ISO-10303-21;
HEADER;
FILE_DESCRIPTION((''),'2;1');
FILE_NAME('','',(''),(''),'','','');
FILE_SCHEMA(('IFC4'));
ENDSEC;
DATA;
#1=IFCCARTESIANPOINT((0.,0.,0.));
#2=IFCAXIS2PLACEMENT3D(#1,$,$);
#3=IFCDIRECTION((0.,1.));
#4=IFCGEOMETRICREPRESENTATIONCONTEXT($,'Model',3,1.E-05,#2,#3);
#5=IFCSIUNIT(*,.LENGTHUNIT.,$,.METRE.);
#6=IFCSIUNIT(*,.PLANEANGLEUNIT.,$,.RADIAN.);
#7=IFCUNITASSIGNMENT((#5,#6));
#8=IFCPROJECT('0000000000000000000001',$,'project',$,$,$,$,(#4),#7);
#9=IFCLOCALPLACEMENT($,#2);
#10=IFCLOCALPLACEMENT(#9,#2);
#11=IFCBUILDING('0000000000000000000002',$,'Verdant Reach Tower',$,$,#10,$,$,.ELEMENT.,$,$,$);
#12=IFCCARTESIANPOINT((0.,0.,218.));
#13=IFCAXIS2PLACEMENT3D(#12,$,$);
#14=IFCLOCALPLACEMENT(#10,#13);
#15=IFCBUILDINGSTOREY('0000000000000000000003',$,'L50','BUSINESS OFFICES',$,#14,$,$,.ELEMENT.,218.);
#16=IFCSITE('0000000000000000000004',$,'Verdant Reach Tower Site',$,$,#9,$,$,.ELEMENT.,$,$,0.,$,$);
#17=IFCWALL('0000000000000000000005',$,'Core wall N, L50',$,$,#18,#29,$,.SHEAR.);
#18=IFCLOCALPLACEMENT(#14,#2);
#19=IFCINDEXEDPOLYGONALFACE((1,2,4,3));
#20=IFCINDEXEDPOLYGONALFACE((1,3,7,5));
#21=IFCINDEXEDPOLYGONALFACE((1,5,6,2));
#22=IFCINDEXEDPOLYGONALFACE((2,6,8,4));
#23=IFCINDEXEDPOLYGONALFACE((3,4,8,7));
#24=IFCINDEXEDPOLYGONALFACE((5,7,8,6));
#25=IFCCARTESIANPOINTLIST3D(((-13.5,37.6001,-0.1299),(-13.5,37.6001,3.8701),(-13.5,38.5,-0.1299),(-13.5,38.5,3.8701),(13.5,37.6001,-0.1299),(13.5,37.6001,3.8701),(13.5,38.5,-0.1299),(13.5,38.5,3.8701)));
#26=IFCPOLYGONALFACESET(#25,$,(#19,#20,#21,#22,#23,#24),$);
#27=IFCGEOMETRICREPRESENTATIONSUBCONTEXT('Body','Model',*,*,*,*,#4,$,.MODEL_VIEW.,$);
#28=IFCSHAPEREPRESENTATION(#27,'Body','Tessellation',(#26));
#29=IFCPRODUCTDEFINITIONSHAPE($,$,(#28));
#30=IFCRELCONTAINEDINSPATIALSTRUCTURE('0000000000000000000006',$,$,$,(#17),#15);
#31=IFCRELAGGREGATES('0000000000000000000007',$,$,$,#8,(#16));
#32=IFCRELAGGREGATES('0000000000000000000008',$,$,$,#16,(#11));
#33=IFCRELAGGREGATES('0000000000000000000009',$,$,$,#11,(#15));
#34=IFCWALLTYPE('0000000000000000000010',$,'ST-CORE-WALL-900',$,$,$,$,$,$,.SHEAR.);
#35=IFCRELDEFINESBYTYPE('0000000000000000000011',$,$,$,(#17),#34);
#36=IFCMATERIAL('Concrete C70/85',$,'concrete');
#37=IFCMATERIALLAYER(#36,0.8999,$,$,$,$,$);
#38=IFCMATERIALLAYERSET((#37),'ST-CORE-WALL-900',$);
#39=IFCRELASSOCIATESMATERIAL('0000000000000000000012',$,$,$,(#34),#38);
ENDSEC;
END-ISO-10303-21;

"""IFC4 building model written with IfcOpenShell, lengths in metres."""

from ifc_helpers import new_model, si_unit, direction, frame, frame_2d, origin, place, context, subcontext, project, spatial, rectangle, extrude, material, layer, layer_set, type_object, element, save


model = new_model("IFC4")

# Units and contexts
model_context = context("Model", 3, precision=1e-05, world=origin(), true_north=direction((0.0, 1.0)))
body_context = subcontext(model_context, "Body", "Model", "MODEL_VIEW")
ifc_project = project(units=[si_unit("LENGTHUNIT", "METRE"), si_unit("PLANEANGLEUNIT", "RADIAN")], contexts=[model_context])

# Site, building, storey
site_placement = place(None, origin())
site = spatial("IfcSite", under=ifc_project, at=site_placement, Name="Verdant Reach Tower Site", CompositionType="ELEMENT", RefElevation=0.0)
building_placement = place(site_placement, origin())
building = spatial("IfcBuilding", under=site, at=building_placement, Name="Verdant Reach Tower", CompositionType="ELEMENT")
storey_placement = place(building_placement, frame((0.0, 0.0, 218.0)))
storey = spatial("IfcBuildingStorey", under=building, at=storey_placement, Name="L50", Description="BUSINESS OFFICES", CompositionType="ELEMENT", Elevation=218.0)

# Wall
ifc_material_1 = material(Name="Concrete C70/85", Category="concrete")
ifc_layer_1 = layer(ifc_material_1, 0.8999)
ifc_layer_set_1 = layer_set([ifc_layer_1], Name="ST-CORE-WALL-900")
wall_type_1 = type_object("IfcWallType", Name="ST-CORE-WALL-900", PredefinedType="SHEAR", material=ifc_layer_set_1)
wall_1_placement = place(storey_placement, frame((-13.5, 38.05, -0.1299), z_axis=(0.0, 0.0, 1.0), x_axis=(1.0, 0.0, 0.0)))
element("IfcWall", 1, at=wall_1_placement, inside=storey, type_object=wall_type_1, Name="Core wall N, L50", PredefinedType="SHEAR", context=body_context, shape_type="SweptSolid", body=[
    extrude(rectangle(XDim=27.0, YDim=0.8999, at=frame_2d((13.5, 0.0))), origin(), (0.0, 0.0, 1.0), 4.0),
])

save(model, "model.ifc")
